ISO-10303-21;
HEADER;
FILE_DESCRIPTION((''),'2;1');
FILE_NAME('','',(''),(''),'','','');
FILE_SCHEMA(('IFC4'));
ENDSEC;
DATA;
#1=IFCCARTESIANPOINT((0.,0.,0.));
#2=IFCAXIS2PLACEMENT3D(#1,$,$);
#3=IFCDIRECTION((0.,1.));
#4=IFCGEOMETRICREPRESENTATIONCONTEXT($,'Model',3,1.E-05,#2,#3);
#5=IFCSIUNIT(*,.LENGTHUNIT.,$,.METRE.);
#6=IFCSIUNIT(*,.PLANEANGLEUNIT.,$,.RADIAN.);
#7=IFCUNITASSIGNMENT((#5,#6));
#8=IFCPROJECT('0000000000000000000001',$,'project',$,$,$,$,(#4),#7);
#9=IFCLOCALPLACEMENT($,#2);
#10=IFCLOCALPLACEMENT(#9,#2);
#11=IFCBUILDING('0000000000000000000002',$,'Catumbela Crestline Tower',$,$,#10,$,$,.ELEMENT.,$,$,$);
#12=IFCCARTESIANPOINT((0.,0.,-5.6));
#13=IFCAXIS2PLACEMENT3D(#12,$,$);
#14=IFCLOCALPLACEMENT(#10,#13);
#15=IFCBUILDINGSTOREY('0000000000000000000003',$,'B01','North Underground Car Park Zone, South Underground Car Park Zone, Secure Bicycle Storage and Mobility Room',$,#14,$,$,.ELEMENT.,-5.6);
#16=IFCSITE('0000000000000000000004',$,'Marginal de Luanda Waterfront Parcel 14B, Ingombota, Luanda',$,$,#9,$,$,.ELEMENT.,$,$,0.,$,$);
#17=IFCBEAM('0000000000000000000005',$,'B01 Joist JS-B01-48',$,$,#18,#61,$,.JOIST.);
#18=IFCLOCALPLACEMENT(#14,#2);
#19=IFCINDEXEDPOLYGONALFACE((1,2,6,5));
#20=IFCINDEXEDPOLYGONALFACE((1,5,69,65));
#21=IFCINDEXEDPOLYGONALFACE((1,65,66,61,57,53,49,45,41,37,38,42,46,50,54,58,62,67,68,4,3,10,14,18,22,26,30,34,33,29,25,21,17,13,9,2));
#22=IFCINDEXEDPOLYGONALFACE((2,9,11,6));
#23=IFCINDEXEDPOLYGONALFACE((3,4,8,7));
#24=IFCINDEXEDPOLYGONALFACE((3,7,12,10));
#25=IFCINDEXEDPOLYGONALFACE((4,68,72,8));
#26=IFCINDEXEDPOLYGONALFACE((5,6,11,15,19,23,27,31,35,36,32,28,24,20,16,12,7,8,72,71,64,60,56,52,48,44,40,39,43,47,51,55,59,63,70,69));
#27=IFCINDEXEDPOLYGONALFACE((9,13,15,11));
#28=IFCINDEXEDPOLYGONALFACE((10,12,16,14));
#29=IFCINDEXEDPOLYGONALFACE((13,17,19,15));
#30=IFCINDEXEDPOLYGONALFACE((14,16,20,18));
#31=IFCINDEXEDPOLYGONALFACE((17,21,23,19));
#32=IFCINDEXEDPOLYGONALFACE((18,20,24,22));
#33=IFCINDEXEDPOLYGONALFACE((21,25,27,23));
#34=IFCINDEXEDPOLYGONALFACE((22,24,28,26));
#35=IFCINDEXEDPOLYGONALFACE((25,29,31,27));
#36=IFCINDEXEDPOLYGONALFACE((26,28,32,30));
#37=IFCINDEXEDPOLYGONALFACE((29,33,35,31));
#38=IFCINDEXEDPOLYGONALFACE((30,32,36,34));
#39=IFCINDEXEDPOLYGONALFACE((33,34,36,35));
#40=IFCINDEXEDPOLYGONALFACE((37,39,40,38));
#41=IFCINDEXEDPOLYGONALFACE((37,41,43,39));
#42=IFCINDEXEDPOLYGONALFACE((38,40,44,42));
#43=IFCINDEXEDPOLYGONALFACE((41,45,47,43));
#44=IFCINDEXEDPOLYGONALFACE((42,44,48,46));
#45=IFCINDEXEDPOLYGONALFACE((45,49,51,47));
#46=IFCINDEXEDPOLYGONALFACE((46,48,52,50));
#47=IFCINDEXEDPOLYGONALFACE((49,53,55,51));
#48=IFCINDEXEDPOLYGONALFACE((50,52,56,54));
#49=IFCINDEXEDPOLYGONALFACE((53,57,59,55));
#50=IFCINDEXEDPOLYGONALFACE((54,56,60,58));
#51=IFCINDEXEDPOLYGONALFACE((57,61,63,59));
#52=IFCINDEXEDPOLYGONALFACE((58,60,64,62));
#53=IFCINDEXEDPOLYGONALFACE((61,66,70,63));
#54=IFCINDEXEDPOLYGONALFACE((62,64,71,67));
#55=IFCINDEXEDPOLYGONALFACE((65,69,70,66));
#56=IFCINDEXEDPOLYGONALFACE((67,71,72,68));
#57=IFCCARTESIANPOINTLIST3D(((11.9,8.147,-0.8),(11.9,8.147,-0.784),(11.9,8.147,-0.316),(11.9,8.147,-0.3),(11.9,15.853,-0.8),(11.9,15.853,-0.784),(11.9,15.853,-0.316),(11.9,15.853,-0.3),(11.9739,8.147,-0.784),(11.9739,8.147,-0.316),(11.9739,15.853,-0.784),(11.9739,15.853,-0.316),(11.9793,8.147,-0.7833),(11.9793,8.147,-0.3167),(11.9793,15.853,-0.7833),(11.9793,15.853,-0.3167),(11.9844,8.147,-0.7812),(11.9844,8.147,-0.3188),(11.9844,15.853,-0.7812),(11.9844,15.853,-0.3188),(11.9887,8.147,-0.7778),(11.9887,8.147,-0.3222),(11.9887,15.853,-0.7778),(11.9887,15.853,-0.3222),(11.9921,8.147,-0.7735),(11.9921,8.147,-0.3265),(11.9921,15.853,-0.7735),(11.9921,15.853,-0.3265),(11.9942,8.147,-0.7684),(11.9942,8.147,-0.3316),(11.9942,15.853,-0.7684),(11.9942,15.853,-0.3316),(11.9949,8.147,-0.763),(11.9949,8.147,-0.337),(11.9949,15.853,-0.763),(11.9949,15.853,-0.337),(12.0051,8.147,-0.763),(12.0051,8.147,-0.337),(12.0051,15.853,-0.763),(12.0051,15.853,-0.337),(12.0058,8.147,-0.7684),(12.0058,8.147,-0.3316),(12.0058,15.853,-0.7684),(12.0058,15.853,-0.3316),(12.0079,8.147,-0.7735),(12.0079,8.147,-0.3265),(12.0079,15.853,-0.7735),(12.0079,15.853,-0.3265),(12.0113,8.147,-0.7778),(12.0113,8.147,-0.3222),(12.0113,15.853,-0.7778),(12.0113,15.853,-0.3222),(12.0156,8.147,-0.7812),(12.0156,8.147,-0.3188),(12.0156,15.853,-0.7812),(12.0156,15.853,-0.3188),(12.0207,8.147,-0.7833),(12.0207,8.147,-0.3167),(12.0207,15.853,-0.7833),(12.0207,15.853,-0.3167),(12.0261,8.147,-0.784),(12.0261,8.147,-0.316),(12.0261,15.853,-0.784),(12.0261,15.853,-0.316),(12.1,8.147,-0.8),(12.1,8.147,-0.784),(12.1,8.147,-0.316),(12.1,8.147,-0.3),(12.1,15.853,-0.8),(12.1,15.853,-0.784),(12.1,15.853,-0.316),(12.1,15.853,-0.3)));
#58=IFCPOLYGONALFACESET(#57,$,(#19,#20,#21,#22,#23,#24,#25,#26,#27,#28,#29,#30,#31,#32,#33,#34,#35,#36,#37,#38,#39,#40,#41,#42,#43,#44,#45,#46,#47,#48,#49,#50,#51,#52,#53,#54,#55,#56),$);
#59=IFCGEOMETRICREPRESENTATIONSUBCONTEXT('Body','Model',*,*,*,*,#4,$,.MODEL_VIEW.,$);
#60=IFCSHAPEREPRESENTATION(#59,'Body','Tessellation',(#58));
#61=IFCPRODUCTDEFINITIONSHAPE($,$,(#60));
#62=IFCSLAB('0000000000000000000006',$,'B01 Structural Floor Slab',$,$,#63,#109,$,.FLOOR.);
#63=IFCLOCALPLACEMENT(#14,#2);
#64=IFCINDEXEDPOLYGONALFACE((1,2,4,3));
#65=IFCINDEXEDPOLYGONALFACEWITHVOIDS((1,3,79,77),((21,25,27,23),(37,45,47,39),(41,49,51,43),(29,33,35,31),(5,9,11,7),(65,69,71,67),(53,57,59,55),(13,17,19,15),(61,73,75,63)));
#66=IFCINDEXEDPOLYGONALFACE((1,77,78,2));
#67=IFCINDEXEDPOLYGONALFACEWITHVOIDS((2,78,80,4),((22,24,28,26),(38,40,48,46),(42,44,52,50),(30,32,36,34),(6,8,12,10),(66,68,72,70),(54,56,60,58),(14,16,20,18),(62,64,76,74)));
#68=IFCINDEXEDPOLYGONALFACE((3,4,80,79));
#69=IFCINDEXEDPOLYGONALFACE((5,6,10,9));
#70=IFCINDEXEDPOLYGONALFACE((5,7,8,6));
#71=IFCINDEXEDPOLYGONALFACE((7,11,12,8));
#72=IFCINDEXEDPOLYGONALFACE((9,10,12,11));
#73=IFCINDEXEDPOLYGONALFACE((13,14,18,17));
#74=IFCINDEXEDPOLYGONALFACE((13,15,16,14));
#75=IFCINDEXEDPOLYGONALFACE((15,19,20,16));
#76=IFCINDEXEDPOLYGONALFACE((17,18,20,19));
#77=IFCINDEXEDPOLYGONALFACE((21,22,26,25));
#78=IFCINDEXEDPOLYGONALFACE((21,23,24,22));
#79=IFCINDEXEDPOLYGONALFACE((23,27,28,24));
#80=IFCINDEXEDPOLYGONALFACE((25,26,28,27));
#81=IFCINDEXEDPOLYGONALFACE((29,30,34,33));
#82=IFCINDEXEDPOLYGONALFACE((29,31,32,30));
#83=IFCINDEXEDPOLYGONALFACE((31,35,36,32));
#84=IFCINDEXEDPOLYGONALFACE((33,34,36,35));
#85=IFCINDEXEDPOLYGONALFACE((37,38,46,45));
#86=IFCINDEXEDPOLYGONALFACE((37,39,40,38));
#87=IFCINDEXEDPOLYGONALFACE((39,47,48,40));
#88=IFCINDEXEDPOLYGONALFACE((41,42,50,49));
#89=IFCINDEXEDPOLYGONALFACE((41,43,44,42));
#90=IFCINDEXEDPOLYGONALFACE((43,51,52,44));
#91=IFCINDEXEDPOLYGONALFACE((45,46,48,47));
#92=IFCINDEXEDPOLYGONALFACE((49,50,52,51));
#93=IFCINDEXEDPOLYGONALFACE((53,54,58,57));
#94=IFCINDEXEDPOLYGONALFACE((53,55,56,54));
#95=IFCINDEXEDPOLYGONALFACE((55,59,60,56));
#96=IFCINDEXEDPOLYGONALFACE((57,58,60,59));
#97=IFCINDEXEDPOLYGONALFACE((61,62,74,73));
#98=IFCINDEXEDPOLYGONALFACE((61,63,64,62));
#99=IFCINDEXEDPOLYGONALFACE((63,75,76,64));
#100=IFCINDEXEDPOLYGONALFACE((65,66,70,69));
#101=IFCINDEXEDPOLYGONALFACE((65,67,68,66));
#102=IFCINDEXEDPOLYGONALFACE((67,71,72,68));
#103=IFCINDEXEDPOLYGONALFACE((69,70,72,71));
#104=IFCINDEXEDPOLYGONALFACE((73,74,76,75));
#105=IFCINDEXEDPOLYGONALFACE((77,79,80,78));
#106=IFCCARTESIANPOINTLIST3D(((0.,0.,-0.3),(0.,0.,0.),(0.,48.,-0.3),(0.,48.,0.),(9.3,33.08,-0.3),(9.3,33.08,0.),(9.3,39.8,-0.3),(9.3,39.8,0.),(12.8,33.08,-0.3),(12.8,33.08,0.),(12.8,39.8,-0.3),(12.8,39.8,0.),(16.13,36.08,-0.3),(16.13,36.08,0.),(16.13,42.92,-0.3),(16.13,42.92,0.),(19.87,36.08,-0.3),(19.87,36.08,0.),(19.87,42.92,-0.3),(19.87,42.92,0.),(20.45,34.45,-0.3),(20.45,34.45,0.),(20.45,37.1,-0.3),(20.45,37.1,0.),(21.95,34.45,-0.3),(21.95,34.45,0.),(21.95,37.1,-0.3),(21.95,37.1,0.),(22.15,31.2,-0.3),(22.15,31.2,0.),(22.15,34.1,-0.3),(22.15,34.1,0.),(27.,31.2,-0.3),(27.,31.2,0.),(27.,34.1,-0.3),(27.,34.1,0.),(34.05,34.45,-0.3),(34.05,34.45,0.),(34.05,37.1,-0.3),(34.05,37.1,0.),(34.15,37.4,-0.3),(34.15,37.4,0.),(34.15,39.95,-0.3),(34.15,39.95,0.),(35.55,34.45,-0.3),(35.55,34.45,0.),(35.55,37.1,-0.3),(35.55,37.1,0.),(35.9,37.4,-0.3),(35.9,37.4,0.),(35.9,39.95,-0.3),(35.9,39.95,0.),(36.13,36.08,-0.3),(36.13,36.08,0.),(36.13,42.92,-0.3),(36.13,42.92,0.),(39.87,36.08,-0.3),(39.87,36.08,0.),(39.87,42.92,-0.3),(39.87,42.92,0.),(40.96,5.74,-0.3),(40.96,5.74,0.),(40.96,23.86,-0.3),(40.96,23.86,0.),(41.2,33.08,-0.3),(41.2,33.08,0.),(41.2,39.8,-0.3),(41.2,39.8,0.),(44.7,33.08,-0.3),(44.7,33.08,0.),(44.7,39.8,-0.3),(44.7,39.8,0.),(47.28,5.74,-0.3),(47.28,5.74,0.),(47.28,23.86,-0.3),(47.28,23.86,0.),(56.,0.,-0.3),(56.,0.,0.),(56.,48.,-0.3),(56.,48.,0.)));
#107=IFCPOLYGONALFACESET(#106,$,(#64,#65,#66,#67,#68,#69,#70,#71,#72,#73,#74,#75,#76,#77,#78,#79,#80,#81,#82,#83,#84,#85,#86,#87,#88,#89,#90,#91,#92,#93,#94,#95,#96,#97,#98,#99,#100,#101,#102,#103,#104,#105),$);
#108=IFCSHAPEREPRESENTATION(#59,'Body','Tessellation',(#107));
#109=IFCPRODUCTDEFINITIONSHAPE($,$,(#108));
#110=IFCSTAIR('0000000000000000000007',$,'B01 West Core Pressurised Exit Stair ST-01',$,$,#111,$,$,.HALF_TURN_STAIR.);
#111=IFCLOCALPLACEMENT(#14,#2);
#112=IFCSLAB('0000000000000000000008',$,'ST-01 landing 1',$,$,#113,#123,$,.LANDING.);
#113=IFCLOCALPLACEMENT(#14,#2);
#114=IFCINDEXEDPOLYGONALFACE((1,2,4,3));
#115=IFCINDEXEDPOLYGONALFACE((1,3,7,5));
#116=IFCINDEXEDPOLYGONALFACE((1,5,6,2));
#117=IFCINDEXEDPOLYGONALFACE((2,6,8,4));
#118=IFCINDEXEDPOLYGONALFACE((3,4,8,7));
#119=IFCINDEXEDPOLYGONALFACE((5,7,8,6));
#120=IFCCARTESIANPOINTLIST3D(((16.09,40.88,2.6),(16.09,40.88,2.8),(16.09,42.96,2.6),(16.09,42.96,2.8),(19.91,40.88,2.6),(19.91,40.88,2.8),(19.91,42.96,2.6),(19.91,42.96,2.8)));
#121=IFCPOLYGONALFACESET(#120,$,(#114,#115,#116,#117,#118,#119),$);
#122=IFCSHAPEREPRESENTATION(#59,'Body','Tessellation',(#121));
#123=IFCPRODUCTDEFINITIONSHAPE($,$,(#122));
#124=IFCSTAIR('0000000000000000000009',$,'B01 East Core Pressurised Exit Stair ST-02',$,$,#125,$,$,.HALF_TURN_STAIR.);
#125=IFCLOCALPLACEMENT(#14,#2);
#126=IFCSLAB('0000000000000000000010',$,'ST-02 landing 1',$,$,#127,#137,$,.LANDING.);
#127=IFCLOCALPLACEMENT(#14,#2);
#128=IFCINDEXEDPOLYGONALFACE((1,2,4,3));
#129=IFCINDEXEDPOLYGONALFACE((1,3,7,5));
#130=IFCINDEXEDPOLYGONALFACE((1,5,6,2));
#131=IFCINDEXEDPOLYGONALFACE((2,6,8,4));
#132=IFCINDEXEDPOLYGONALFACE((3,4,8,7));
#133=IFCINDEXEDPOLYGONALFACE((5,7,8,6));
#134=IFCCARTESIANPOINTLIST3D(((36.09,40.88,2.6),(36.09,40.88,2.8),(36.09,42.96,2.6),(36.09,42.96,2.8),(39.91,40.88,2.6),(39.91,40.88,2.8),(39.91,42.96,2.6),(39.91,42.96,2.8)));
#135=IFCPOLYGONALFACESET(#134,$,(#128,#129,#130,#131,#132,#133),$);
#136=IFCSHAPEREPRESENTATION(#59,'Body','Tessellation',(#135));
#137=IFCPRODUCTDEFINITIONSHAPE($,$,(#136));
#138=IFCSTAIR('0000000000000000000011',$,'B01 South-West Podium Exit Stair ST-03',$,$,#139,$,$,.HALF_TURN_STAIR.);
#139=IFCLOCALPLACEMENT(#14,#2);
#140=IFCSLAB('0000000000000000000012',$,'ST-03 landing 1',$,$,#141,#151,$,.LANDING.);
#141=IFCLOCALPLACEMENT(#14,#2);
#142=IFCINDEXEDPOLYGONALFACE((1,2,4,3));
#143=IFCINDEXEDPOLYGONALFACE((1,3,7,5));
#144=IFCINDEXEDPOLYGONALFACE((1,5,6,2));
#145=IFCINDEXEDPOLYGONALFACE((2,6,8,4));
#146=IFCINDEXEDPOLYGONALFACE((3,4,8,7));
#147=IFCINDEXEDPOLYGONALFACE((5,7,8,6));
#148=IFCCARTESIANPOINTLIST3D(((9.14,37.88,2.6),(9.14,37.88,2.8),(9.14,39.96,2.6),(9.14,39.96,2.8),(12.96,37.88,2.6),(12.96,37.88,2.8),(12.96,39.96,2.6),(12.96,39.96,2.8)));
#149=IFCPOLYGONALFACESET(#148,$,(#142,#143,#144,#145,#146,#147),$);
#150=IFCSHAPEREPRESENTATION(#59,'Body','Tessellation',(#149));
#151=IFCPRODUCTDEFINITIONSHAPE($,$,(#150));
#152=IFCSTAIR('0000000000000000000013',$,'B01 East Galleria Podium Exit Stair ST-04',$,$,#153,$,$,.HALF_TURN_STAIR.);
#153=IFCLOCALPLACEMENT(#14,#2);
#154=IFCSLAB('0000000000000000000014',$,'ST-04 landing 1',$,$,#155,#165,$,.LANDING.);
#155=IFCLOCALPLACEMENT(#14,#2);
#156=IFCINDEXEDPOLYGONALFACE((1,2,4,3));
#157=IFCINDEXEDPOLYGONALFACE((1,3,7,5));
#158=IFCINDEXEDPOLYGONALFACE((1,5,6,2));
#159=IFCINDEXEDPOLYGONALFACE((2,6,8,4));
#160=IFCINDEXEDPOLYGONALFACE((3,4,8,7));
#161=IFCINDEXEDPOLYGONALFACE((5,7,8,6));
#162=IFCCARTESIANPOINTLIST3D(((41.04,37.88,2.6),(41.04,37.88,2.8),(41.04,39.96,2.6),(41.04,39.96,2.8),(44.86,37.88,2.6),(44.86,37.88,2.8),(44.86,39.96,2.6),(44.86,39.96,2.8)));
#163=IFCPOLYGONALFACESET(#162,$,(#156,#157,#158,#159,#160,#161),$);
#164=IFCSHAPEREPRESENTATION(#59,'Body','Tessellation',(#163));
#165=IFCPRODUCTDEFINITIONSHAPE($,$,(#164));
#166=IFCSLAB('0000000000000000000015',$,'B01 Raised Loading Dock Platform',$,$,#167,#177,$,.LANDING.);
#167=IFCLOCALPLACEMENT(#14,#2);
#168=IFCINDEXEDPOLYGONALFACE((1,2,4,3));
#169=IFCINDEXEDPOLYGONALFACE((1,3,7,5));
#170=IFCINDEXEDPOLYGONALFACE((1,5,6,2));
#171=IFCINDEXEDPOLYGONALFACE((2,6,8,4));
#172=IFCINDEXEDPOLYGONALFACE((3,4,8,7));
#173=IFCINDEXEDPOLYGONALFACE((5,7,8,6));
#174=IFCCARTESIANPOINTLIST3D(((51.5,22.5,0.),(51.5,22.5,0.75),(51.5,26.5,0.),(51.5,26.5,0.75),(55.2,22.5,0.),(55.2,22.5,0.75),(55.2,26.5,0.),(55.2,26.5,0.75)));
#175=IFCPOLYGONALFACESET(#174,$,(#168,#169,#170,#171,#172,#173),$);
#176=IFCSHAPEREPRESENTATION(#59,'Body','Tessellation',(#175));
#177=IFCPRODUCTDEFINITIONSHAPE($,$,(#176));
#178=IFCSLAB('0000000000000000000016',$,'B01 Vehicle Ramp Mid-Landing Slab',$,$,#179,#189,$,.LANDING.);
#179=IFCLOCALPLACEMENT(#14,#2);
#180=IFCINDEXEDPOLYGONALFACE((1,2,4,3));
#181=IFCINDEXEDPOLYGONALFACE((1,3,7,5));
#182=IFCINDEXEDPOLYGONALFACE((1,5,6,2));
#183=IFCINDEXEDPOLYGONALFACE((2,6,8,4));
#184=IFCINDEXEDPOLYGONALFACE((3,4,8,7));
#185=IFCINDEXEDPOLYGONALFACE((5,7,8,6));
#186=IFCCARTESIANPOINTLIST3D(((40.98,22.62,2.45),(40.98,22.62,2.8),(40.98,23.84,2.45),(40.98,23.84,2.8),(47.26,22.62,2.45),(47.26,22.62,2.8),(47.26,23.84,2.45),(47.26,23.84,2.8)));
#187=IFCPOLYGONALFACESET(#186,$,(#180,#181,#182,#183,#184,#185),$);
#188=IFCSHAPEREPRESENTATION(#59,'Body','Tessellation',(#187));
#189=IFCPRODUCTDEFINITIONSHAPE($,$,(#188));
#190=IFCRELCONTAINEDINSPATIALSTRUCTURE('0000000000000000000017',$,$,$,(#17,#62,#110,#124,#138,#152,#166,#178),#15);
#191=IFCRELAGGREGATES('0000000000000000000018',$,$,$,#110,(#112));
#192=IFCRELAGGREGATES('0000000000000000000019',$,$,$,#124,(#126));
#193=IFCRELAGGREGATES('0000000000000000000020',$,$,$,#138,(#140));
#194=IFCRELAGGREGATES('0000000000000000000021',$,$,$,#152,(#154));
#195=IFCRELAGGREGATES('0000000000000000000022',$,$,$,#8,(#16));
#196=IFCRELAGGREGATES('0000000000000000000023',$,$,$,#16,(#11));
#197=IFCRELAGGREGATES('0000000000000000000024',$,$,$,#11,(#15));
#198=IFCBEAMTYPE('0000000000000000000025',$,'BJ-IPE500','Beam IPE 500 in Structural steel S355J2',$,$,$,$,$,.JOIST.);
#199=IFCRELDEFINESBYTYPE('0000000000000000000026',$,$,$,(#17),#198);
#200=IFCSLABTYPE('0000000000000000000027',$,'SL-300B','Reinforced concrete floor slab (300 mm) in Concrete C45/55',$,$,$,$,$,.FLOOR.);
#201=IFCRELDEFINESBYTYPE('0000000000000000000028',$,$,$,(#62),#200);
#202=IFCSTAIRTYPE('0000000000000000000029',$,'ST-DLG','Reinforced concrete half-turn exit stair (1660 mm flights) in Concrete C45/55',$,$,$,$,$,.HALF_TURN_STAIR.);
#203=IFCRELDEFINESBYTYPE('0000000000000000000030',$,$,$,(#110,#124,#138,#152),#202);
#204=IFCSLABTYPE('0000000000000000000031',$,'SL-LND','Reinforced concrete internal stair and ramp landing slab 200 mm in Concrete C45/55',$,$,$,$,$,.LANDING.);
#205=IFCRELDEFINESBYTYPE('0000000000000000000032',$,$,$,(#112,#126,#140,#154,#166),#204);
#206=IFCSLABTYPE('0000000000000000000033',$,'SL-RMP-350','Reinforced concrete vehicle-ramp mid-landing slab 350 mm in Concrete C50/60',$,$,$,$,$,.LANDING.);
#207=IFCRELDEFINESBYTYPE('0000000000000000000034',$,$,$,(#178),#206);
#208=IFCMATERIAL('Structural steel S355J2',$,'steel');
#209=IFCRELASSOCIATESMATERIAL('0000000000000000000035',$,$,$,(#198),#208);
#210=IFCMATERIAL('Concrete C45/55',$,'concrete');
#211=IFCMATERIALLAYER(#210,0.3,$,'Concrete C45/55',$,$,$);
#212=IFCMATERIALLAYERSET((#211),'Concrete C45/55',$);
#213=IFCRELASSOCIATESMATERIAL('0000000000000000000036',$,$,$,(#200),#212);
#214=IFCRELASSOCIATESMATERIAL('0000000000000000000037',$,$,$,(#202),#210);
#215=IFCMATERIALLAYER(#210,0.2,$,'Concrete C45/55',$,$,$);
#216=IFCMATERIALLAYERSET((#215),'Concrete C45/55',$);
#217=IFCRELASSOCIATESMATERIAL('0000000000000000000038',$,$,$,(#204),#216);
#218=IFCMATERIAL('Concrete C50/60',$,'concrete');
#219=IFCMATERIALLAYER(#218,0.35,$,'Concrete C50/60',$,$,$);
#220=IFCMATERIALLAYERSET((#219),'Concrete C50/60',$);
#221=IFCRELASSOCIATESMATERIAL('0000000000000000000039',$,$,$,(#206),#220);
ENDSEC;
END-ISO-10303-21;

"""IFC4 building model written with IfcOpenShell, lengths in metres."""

from ifc_helpers import new_model, si_unit, direction, frame, origin, origin_2d, place, context, subcontext, project, spatial, polyline, i_section, outline, extrude, material, layer, layer_set, material_profile, profile_set, type_object, element, aggregate, save


model = new_model("IFC4")

# Units and contexts
model_context = context("Model", 3, precision=1e-05, world=origin(), true_north=direction((0.0, 1.0)))
body_context = subcontext(model_context, "Body", "Model", "MODEL_VIEW")
ifc_project = project(units=[si_unit("LENGTHUNIT", "METRE"), si_unit("PLANEANGLEUNIT", "RADIAN")], contexts=[model_context])

# Site, building, storey
site_placement = place(None, origin())
site = spatial("IfcSite", under=ifc_project, at=site_placement, Name="Marginal de Luanda Waterfront Parcel 14B, Ingombota, Luanda", CompositionType="ELEMENT", RefElevation=0.0)
building_placement = place(site_placement, origin())
building = spatial("IfcBuilding", under=site, at=building_placement, Name="Catumbela Crestline Tower", CompositionType="ELEMENT")
storey_placement = place(building_placement, frame((0.0, 0.0, -5.6)))
storey = spatial("IfcBuildingStorey", under=building, at=storey_placement, Name="B01", Description="North Underground Car Park Zone, South Underground Car Park Zone, Secure Bicycle Storage and Mobility Room", CompositionType="ELEMENT", Elevation=-5.6)

# Beam
ifc_material_1 = material(Name="Structural steel S355J2", Category="steel")
ifc_material_profile_1 = material_profile(ifc_material_1, i_section(OverallWidth=0.2, OverallDepth=0.5, WebThickness=0.0102, FlangeThickness=0.016, FilletRadius=0.021, at=origin_2d()), Name="IPE 500")
ifc_profile_set_1 = profile_set([ifc_material_profile_1], Name="Structural steel S355J2")
beam_type_1 = type_object("IfcBeamType", Name="BJ-IPE500", Description="Beam IPE 500 in Structural steel S355J2", PredefinedType="JOIST", material=ifc_profile_set_1)
beam_1_placement = place(storey_placement, frame((12.0, 8.147, -0.55), z_axis=(0.0, 1.0, 0.0), x_axis=(-1.0, 0.0, 0.0)))
element("IfcBeam", 1, at=beam_1_placement, inside=storey, type_object=beam_type_1, Name="B01 Joist JS-B01-48", PredefinedType="JOIST", context=body_context, shape_type="SweptSolid", body=[
    extrude(i_section(OverallWidth=0.2, OverallDepth=0.5, WebThickness=0.0102, FlangeThickness=0.016, FilletRadius=0.021, at=origin_2d()), origin(), (0.0, 0.0, 1.0), 7.706),
])

# Slab
ifc_material_2 = material(Name="Concrete C45/55", Category="concrete")
ifc_layer_1 = layer(ifc_material_2, 0.3, Name="Concrete C45/55")
ifc_layer_set_1 = layer_set([ifc_layer_1], Name="Concrete C45/55")
slab_type_1 = type_object("IfcSlabType", Name="SL-300B", Description="Reinforced concrete floor slab (300 mm) in Concrete C45/55", PredefinedType="FLOOR", material=ifc_layer_set_1)
slab_1_placement = place(storey_placement, frame((0.0, 0.0, -0.3)))
element("IfcSlab", 2, at=slab_1_placement, inside=storey, type_object=slab_type_1, Name="B01 Structural Floor Slab", PredefinedType="FLOOR", context=body_context, shape_type="SweptSolid", body=[
    extrude(outline(polyline([(0.0, 0.0), (56.0, 0.0), (56.0, 48.0), (0.0, 48.0), (0.0, 0.0)]), holes=[polyline([(16.13, 36.08), (19.87, 36.08), (19.87, 42.92), (16.13, 42.92), (16.13, 36.08)]), polyline([(36.13, 36.08), (39.87, 36.08), (39.87, 42.92), (36.13, 42.92), (36.13, 36.08)]), polyline([(12.8, 33.08), (12.8, 39.8), (9.3, 39.8), (9.3, 33.08), (12.8, 33.08)]), polyline([(44.7, 33.08), (44.7, 39.8), (41.2, 39.8), (41.2, 33.08), (44.7, 33.08)]), polyline([(22.15, 31.2), (27.0, 31.2), (27.0, 34.1), (22.15, 34.1), (22.15, 31.2)]), polyline([(20.45, 34.45), (21.95, 34.45), (21.95, 37.1), (20.45, 37.1), (20.45, 34.45)]), polyline([(34.05, 34.45), (35.55, 34.45), (35.55, 37.1), (34.05, 37.1), (34.05, 34.45)]), polyline([(34.15, 37.4), (35.9, 37.4), (35.9, 39.95), (34.15, 39.95), (34.15, 37.4)]), polyline([(40.96, 5.74), (47.28, 5.74), (47.28, 23.86), (40.96, 23.86), (40.96, 5.74)])]), origin(), (0.0, 0.0, 1.0), 0.3),
])

# Stairs, slabs
stair_type = type_object("IfcStairType", Name="ST-DLG", Description="Reinforced concrete half-turn exit stair (1660 mm flights) in Concrete C45/55", PredefinedType="HALF_TURN_STAIR", material=ifc_material_2)
stair_1_placement = place(storey_placement, origin())
stair_1 = element("IfcStair", 3, at=stair_1_placement, inside=storey, type_object=stair_type, Name="B01 West Core Pressurised Exit Stair ST-01", PredefinedType="HALF_TURN_STAIR")
ifc_layer_2 = layer(ifc_material_2, 0.2, Name="Concrete C45/55")
ifc_layer_set_2 = layer_set([ifc_layer_2], Name="Concrete C45/55")
slab_type_2 = type_object("IfcSlabType", Name="SL-LND", Description="Reinforced concrete internal stair and ramp landing slab 200 mm in Concrete C45/55", PredefinedType="LANDING", material=ifc_layer_set_2)
slab_2_placement = place(storey_placement, frame((0.0, 0.0, 2.6)))
slab_2 = element("IfcSlab", 4, at=slab_2_placement, type_object=slab_type_2, Name="ST-01 landing 1", PredefinedType="LANDING", context=body_context, shape_type="SweptSolid", body=[
    extrude(outline(polyline([(19.91, 40.88), (19.91, 42.96), (16.09, 42.96), (16.09, 40.88), (19.91, 40.88)])), origin(), (0.0, 0.0, 1.0), 0.2),
])
aggregate(stair_1, [slab_2])
stair_2_placement = place(storey_placement, origin())
stair_2 = element("IfcStair", 5, at=stair_2_placement, inside=storey, type_object=stair_type, Name="B01 East Core Pressurised Exit Stair ST-02", PredefinedType="HALF_TURN_STAIR")
slab_3_placement = place(storey_placement, frame((0.0, 0.0, 2.6)))
slab_3 = element("IfcSlab", 6, at=slab_3_placement, type_object=slab_type_2, Name="ST-02 landing 1", PredefinedType="LANDING", context=body_context, shape_type="SweptSolid", body=[
    extrude(outline(polyline([(39.91, 40.88), (39.91, 42.96), (36.09, 42.96), (36.09, 40.88), (39.91, 40.88)])), origin(), (0.0, 0.0, 1.0), 0.2),
])
aggregate(stair_2, [slab_3])
stair_3_placement = place(storey_placement, origin())
stair_3 = element("IfcStair", 7, at=stair_3_placement, inside=storey, type_object=stair_type, Name="B01 South-West Podium Exit Stair ST-03", PredefinedType="HALF_TURN_STAIR")
slab_4_placement = place(storey_placement, frame((0.0, 0.0, 2.6)))
slab_4 = element("IfcSlab", 8, at=slab_4_placement, type_object=slab_type_2, Name="ST-03 landing 1", PredefinedType="LANDING", context=body_context, shape_type="SweptSolid", body=[
    extrude(outline(polyline([(12.96, 37.88), (12.96, 39.96), (9.14, 39.96), (9.14, 37.88), (12.96, 37.88)])), origin(), (0.0, 0.0, 1.0), 0.2),
])
aggregate(stair_3, [slab_4])
stair_4_placement = place(storey_placement, origin())
stair_4 = element("IfcStair", 9, at=stair_4_placement, inside=storey, type_object=stair_type, Name="B01 East Galleria Podium Exit Stair ST-04", PredefinedType="HALF_TURN_STAIR")
slab_5_placement = place(storey_placement, frame((0.0, 0.0, 2.6)))
slab_5 = element("IfcSlab", 10, at=slab_5_placement, type_object=slab_type_2, Name="ST-04 landing 1", PredefinedType="LANDING", context=body_context, shape_type="SweptSolid", body=[
    extrude(outline(polyline([(44.86, 37.88), (44.86, 39.96), (41.04, 39.96), (41.04, 37.88), (44.86, 37.88)])), origin(), (0.0, 0.0, 1.0), 0.2),
])
aggregate(stair_4, [slab_5])

# Slabs
slab_6_placement = place(storey_placement, origin())
element("IfcSlab", 11, at=slab_6_placement, inside=storey, type_object=slab_type_2, Name="B01 Raised Loading Dock Platform", PredefinedType="LANDING", context=body_context, shape_type="SweptSolid", body=[
    extrude(outline(polyline([(51.5, 22.5), (55.2, 22.5), (55.2, 26.5), (51.5, 26.5), (51.5, 22.5)])), origin(), (0.0, 0.0, 1.0), 0.75),
])
ifc_material_3 = material(Name="Concrete C50/60", Category="concrete")
ifc_layer_3 = layer(ifc_material_3, 0.35, Name="Concrete C50/60")
ifc_layer_set_3 = layer_set([ifc_layer_3], Name="Concrete C50/60")
slab_type_3 = type_object("IfcSlabType", Name="SL-RMP-350", Description="Reinforced concrete vehicle-ramp mid-landing slab 350 mm in Concrete C50/60", PredefinedType="LANDING", material=ifc_layer_set_3)
slab_7_placement = place(storey_placement, frame((0.0, 0.0, 2.45)))
element("IfcSlab", 12, at=slab_7_placement, inside=storey, type_object=slab_type_3, Name="B01 Vehicle Ramp Mid-Landing Slab", PredefinedType="LANDING", context=body_context, shape_type="SweptSolid", body=[
    extrude(outline(polyline([(40.98, 22.62), (47.26, 22.62), (47.26, 23.84), (40.98, 23.84), (40.98, 22.62)])), origin(), (0.0, 0.0, 1.0), 0.35),
])

save(model, "model.ifc")
